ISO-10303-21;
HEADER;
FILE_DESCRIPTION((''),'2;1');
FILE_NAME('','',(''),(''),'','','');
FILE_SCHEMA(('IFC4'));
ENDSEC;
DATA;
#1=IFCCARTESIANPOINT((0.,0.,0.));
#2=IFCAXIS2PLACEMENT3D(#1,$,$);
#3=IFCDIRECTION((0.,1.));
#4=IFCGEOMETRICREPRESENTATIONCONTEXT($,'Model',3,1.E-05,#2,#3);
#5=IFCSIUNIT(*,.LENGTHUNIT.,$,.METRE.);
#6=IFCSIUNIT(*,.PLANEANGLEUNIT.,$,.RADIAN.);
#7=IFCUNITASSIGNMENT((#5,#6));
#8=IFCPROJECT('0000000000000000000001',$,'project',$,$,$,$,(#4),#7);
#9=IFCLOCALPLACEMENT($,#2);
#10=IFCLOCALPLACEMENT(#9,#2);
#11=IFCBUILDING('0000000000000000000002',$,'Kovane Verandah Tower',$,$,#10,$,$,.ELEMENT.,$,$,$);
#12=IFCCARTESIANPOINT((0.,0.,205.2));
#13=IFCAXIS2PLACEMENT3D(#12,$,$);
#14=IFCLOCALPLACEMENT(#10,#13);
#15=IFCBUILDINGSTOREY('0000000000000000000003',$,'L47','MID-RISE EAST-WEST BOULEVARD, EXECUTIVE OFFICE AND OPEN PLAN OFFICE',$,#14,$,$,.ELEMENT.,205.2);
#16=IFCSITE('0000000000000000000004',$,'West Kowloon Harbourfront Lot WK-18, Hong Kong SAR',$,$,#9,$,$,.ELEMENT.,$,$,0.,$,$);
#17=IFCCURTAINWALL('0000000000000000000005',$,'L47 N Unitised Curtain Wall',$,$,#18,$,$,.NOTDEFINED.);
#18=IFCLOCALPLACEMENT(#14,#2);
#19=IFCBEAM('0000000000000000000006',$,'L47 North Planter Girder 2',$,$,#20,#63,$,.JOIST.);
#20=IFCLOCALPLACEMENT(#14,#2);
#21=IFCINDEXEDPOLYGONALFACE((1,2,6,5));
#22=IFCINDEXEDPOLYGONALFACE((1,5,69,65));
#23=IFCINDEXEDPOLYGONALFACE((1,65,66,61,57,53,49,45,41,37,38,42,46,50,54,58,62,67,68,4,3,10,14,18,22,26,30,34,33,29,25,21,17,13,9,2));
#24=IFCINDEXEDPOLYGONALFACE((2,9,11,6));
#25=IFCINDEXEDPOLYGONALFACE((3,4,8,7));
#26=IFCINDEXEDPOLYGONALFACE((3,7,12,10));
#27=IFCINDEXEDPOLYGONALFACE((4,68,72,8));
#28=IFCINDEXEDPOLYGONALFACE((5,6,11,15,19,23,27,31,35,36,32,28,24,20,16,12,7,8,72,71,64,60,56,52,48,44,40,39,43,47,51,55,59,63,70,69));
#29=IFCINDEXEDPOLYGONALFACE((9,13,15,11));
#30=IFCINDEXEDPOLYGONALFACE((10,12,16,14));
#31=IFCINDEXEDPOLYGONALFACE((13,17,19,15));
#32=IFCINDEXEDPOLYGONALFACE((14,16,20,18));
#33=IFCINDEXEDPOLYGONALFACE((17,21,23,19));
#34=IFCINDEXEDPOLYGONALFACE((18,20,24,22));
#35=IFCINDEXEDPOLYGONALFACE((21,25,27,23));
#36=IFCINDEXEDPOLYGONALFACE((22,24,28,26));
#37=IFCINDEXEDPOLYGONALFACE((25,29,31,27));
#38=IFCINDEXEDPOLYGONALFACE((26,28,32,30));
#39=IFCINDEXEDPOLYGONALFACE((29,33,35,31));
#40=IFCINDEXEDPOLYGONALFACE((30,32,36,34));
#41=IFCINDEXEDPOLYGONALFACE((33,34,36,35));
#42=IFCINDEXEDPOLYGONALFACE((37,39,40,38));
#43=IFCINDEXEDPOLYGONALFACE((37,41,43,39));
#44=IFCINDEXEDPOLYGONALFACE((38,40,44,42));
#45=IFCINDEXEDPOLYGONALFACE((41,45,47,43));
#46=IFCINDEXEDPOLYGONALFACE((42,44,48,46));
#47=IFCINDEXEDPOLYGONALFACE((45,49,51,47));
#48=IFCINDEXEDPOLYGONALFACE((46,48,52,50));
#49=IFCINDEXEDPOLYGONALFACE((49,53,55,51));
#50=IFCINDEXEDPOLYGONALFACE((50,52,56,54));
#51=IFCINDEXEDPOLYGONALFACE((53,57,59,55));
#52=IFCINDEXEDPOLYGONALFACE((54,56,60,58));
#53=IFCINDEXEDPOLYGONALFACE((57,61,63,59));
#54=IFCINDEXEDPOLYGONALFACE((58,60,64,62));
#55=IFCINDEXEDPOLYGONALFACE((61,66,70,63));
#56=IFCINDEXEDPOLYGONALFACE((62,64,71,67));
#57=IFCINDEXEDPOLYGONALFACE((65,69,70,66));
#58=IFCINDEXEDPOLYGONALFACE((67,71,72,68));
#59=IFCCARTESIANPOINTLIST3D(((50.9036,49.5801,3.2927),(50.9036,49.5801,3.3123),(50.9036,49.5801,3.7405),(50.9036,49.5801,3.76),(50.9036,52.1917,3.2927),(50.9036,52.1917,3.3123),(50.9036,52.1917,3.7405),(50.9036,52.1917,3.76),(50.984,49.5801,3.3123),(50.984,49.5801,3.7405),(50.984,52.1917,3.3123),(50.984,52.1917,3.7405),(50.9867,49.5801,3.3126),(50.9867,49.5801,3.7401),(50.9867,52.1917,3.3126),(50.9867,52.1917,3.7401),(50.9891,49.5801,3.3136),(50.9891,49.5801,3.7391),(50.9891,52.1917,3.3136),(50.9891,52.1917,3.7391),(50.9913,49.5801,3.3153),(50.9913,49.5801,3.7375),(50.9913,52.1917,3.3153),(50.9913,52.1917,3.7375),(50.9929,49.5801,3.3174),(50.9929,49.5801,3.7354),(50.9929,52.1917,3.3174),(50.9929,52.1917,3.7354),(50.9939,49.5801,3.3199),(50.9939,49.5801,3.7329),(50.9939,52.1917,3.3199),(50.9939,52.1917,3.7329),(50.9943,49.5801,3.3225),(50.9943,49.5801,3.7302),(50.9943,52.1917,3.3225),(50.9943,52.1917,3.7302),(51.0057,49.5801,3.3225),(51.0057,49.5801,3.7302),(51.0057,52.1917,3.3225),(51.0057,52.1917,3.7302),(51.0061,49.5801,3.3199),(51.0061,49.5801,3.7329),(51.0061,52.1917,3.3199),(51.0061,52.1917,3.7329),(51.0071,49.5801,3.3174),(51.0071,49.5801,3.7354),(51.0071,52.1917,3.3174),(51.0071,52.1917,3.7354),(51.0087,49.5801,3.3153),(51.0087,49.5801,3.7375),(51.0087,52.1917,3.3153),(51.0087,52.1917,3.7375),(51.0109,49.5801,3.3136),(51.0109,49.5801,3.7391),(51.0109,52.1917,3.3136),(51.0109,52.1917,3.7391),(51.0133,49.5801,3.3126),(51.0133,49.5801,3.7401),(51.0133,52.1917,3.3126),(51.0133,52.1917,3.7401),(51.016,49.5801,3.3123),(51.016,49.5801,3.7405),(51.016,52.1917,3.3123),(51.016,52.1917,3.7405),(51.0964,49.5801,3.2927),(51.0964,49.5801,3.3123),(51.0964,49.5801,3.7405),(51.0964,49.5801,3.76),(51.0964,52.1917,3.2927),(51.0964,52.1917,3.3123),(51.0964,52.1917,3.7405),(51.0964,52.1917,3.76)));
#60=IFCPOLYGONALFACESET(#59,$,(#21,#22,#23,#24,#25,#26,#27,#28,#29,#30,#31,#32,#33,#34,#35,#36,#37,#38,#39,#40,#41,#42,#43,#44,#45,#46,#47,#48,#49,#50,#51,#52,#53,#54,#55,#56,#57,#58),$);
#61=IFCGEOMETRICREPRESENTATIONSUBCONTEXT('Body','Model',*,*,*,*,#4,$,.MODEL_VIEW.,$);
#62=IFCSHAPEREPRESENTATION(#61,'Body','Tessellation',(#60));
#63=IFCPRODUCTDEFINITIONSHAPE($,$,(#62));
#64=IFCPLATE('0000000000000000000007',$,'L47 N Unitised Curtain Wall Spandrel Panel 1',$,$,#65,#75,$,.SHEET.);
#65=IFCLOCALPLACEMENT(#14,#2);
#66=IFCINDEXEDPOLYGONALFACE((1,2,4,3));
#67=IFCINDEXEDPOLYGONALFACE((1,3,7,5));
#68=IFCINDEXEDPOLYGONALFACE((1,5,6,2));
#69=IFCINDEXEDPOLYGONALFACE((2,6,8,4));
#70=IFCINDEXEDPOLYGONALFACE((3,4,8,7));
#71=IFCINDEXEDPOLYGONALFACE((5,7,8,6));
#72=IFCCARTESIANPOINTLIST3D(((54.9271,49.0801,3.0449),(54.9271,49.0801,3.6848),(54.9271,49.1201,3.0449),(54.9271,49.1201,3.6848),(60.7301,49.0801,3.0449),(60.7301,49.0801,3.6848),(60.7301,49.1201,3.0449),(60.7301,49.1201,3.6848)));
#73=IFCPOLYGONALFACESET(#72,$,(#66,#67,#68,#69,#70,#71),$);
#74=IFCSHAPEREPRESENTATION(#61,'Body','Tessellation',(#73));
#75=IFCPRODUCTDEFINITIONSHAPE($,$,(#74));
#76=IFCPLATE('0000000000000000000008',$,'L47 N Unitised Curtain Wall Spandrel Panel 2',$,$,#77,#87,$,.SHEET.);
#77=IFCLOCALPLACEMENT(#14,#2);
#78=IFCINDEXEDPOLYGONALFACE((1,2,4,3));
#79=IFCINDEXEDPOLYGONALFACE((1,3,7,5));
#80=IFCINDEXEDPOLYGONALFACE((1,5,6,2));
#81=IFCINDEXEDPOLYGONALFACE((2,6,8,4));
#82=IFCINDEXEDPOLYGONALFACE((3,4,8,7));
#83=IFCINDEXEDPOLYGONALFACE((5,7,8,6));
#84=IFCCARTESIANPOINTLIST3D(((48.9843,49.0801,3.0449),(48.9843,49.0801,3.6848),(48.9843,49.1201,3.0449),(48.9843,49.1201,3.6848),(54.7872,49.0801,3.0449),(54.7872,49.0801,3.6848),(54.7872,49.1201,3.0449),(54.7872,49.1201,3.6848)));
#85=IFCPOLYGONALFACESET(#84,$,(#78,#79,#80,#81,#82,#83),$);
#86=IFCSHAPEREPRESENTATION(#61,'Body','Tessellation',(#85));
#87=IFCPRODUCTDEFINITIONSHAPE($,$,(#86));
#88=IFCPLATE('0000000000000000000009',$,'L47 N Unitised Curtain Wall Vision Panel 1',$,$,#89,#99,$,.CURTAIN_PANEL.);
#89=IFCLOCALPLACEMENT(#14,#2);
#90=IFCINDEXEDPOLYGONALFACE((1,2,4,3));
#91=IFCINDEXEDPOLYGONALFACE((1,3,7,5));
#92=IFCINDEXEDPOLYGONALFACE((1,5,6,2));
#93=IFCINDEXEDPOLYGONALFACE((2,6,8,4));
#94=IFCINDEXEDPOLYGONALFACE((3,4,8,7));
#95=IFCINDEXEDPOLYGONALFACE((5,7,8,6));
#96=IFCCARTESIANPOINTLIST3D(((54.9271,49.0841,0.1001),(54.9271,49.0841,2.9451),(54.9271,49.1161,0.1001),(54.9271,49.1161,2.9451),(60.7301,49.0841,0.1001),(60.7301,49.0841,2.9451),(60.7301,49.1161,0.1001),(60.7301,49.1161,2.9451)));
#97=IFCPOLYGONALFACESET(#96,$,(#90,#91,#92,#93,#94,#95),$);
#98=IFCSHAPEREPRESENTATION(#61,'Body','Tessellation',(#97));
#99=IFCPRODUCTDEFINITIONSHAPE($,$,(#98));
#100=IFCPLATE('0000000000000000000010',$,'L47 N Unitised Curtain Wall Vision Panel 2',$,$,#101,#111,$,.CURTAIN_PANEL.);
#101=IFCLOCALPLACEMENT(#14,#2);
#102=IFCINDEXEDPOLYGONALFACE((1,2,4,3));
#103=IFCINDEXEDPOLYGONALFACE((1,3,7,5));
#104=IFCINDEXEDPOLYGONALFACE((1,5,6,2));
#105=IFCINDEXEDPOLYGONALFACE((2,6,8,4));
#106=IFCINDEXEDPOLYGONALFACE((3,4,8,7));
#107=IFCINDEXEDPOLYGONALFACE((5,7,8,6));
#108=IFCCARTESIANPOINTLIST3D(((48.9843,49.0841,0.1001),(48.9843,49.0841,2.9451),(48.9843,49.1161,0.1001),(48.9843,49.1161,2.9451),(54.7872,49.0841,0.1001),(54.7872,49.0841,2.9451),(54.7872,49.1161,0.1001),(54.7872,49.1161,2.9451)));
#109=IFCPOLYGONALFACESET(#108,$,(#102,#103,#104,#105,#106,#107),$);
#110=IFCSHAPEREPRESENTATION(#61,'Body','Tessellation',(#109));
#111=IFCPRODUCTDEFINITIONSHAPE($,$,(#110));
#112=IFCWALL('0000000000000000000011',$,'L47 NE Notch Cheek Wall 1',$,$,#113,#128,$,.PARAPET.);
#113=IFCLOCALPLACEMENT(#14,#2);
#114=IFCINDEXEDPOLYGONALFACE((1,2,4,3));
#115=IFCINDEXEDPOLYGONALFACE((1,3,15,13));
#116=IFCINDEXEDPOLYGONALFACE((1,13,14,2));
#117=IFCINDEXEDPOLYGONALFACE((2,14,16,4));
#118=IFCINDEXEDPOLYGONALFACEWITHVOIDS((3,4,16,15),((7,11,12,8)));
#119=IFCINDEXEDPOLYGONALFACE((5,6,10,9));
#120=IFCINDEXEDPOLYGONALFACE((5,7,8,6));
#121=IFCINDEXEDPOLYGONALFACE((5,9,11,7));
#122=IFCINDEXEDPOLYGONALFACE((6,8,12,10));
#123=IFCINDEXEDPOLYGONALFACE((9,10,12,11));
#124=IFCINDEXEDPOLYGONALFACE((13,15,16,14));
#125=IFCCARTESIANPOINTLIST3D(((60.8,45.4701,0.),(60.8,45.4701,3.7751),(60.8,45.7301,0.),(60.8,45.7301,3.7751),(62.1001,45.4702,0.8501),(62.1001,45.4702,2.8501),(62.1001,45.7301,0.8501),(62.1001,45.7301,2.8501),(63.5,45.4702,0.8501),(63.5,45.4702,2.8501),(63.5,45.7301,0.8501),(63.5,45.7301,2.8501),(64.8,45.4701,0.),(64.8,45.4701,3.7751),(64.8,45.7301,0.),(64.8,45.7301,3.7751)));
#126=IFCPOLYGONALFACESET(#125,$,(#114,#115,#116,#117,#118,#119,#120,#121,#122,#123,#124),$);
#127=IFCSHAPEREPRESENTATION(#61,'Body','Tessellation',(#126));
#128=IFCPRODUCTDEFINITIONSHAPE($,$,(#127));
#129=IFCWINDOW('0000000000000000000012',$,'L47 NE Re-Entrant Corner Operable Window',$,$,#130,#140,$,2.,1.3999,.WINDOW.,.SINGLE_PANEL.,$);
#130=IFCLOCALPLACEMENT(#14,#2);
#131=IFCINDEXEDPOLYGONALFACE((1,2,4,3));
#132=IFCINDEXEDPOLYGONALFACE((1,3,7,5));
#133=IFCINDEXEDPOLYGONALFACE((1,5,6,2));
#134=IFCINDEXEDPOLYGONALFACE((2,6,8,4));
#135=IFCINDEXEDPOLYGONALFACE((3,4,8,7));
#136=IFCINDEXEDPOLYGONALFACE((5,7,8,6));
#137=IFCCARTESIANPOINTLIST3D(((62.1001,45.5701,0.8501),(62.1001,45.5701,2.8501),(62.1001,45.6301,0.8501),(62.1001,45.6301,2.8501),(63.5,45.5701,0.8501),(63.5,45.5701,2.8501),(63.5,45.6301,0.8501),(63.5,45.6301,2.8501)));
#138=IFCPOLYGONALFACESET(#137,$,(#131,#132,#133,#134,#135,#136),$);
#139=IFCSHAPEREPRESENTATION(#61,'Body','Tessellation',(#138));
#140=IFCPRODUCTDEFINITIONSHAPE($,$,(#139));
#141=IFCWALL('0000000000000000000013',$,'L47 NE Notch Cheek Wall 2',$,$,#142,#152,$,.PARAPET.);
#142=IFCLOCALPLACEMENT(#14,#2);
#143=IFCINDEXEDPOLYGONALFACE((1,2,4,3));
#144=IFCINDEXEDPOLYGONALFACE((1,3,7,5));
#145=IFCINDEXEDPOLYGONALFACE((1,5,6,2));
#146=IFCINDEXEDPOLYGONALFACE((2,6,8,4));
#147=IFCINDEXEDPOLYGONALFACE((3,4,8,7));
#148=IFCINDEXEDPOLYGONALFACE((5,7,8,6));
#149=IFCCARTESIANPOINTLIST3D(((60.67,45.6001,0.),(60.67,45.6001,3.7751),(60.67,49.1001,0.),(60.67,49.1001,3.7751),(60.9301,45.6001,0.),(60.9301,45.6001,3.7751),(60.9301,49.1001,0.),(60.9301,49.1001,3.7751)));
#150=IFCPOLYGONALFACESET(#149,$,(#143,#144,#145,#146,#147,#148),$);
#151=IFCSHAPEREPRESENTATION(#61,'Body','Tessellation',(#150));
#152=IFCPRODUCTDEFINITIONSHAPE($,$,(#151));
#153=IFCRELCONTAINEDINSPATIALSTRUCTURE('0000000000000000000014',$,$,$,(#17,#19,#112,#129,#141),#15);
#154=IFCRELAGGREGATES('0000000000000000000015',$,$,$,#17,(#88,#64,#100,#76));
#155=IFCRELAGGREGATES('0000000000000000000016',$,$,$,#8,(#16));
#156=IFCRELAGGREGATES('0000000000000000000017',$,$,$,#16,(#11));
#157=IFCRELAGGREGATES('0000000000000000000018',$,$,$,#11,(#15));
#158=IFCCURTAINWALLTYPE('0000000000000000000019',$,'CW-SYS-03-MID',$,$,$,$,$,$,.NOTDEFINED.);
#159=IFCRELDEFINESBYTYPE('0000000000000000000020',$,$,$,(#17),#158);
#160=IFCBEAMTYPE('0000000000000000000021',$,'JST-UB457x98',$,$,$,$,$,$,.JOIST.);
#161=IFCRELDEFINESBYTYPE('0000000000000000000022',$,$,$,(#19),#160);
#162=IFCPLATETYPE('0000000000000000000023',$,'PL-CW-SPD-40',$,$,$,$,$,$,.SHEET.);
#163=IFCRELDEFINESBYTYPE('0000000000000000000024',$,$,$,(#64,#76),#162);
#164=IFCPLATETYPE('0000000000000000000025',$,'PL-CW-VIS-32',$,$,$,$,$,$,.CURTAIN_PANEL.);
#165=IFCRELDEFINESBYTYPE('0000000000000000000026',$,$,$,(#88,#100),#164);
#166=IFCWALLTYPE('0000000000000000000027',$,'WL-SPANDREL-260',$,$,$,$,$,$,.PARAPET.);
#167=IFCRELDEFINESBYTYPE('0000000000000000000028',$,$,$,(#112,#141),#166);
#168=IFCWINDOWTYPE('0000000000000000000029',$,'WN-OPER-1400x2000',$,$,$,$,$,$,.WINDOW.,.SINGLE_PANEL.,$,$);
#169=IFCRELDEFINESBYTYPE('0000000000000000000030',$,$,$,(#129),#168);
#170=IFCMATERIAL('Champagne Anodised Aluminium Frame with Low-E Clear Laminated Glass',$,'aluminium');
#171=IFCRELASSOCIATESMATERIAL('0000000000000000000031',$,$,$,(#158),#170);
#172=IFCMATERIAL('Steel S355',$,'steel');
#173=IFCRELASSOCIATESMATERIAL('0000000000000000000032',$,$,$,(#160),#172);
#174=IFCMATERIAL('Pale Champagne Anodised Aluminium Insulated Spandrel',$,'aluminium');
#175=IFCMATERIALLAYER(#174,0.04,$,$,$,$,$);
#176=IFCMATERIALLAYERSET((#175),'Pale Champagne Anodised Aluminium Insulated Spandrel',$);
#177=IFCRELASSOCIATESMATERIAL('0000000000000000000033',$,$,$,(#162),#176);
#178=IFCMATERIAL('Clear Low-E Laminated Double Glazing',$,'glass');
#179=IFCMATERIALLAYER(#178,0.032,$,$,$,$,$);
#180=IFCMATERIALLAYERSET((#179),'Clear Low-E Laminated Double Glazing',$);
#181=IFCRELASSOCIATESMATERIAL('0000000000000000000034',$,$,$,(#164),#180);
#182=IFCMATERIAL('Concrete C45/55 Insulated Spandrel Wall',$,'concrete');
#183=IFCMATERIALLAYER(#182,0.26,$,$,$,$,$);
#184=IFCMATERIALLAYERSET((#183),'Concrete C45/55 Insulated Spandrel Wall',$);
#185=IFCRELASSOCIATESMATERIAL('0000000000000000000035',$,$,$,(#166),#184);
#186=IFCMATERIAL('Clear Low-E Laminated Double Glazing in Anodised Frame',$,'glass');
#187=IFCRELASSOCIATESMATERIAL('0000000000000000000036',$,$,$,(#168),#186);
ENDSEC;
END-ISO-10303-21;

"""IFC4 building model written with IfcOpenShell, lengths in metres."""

from ifc_helpers import new_model, si_unit, direction, frame, frame_2d, origin, origin_2d, place, context, subcontext, project, spatial, rectangle, i_section, extrude, material, layer, layer_set, material_profile, profile_set, type_object, element, fill, aggregate, save


model = new_model("IFC4")

# Units and contexts
model_context = context("Model", 3, precision=1e-05, world=origin(), true_north=direction((0.0, 1.0)))
body_context = subcontext(model_context, "Body", "Model", "MODEL_VIEW")
ifc_project = project(units=[si_unit("LENGTHUNIT", "METRE"), si_unit("PLANEANGLEUNIT", "RADIAN")], contexts=[model_context])

# Site, building, storey
site_placement = place(None, origin())
site = spatial("IfcSite", under=ifc_project, at=site_placement, Name="West Kowloon Harbourfront Lot WK-18, Hong Kong SAR", CompositionType="ELEMENT", RefElevation=0.0)
building_placement = place(site_placement, origin())
building = spatial("IfcBuilding", under=site, at=building_placement, Name="Kovane Verandah Tower", CompositionType="ELEMENT")
storey_placement = place(building_placement, frame((0.0, 0.0, 205.2)))
storey = spatial("IfcBuildingStorey", under=building, at=storey_placement, Name="L47", Description="MID-RISE EAST-WEST BOULEVARD, EXECUTIVE OFFICE AND OPEN PLAN OFFICE", CompositionType="ELEMENT", Elevation=205.2)

# Shared definitions
ifc_material_1 = material(Name="Steel S355", Category="steel")

# Curtain wall
ifc_material_2 = material(Name="Champagne Anodised Aluminium Frame with Low-E Clear Laminated Glass", Category="aluminium")
curtain_wall_type = type_object("IfcCurtainWallType", Name="CW-SYS-03-MID", PredefinedType="NOTDEFINED", material=ifc_material_2)
curtain_wall_placement = place(storey_placement, origin())
curtain_wall = element("IfcCurtainWall", 1, at=curtain_wall_placement, inside=storey, type_object=curtain_wall_type, Name="L47 N Unitised Curtain Wall", PredefinedType="NOTDEFINED")

# Beam
ifc_material_profile_1 = material_profile(ifc_material_1, i_section(OverallWidth=0.1929, OverallDepth=0.4673, WebThickness=0.0115, FlangeThickness=0.0195, FilletRadius=0.0103, at=origin_2d()), Name="UB457x191x98")
ifc_profile_set_1 = profile_set([ifc_material_profile_1], Name="Steel S355")
beam_type_1 = type_object("IfcBeamType", Name="JST-UB457x98", PredefinedType="JOIST", material=ifc_profile_set_1)
beam_1_placement = place(storey_placement, frame((51.0, 49.5801, 3.5264), z_axis=(0.0, 1.0, 0.0), x_axis=(-1.0, 0.0, 0.0)))
element("IfcBeam", 2, at=beam_1_placement, inside=storey, type_object=beam_type_1, Name="L47 North Planter Girder 2", PredefinedType="JOIST", context=body_context, shape_type="SweptSolid", body=[
    extrude(i_section(OverallWidth=0.1929, OverallDepth=0.4673, WebThickness=0.0115, FlangeThickness=0.0195, FilletRadius=0.0103, at=origin_2d()), origin(), (0.0, 0.0, 1.0), 2.6116),
])

# Plates
ifc_material_3 = material(Name="Pale Champagne Anodised Aluminium Insulated Spandrel", Category="aluminium")
ifc_layer_1 = layer(ifc_material_3, 0.04)
ifc_layer_set_1 = layer_set([ifc_layer_1], Name="Pale Champagne Anodised Aluminium Insulated Spandrel")
plate_type_1 = type_object("IfcPlateType", Name="PL-CW-SPD-40", PredefinedType="SHEET", material=ifc_layer_set_1)
plate_1_placement = place(storey_placement, frame((57.8286, 49.1001, 3.0449), z_axis=(0.0, 0.0, 1.0), x_axis=(-1.0, 0.0, 0.0)))
plate_1 = element("IfcPlate", 3, at=plate_1_placement, type_object=plate_type_1, Name="L47 N Unitised Curtain Wall Spandrel Panel 1", PredefinedType="SHEET", context=body_context, shape_type="SweptSolid", body=[
    extrude(rectangle(XDim=5.803, YDim=0.04, at=origin_2d()), origin(), (0.0, 0.0, 1.0), 0.6399),
])
plate_2_placement = place(storey_placement, frame((51.8857, 49.1001, 3.0449), z_axis=(0.0, 0.0, 1.0), x_axis=(-1.0, 0.0, 0.0)))
plate_2 = element("IfcPlate", 4, at=plate_2_placement, type_object=plate_type_1, Name="L47 N Unitised Curtain Wall Spandrel Panel 2", PredefinedType="SHEET", context=body_context, shape_type="SweptSolid", body=[
    extrude(rectangle(XDim=5.803, YDim=0.04, at=origin_2d()), origin(), (0.0, 0.0, 1.0), 0.6399),
])
ifc_material_4 = material(Name="Clear Low-E Laminated Double Glazing", Category="glass")
ifc_layer_2 = layer(ifc_material_4, 0.032)
ifc_layer_set_2 = layer_set([ifc_layer_2], Name="Clear Low-E Laminated Double Glazing")
plate_type_2 = type_object("IfcPlateType", Name="PL-CW-VIS-32", PredefinedType="CURTAIN_PANEL", material=ifc_layer_set_2)
plate_3_placement = place(storey_placement, frame((57.8286, 49.1001, 0.1001), z_axis=(0.0, 0.0, 1.0), x_axis=(-1.0, 0.0, 0.0)))
plate_3 = element("IfcPlate", 5, at=plate_3_placement, type_object=plate_type_2, Name="L47 N Unitised Curtain Wall Vision Panel 1", PredefinedType="CURTAIN_PANEL", context=body_context, shape_type="SweptSolid", body=[
    extrude(rectangle(XDim=5.803, YDim=0.032, at=origin_2d()), origin(), (0.0, 0.0, 1.0), 2.845),
])
plate_4_placement = place(storey_placement, frame((51.8857, 49.1001, 0.1001), z_axis=(0.0, 0.0, 1.0), x_axis=(-1.0, 0.0, 0.0)))
plate_4 = element("IfcPlate", 6, at=plate_4_placement, type_object=plate_type_2, Name="L47 N Unitised Curtain Wall Vision Panel 2", PredefinedType="CURTAIN_PANEL", context=body_context, shape_type="SweptSolid", body=[
    extrude(rectangle(XDim=5.803, YDim=0.032, at=origin_2d()), origin(), (0.0, 0.0, 1.0), 2.845),
])
aggregate(curtain_wall, [plate_3, plate_1, plate_4, plate_2])

# Wall, opening, window
ifc_material_5 = material(Name="Concrete C45/55 Insulated Spandrel Wall", Category="concrete")
ifc_layer_3 = layer(ifc_material_5, 0.26)
ifc_layer_set_3 = layer_set([ifc_layer_3], Name="Concrete C45/55 Insulated Spandrel Wall")
wall_type = type_object("IfcWallType", Name="WL-SPANDREL-260", PredefinedType="PARAPET", material=ifc_layer_set_3)
wall_1_placement = place(storey_placement, frame((64.8, 45.6001, 0.0), z_axis=(0.0, 0.0, 1.0), x_axis=(-1.0, 0.0, 0.0)))
wall_1 = element("IfcWall", 7, at=wall_1_placement, inside=storey, type_object=wall_type, Name="L47 NE Notch Cheek Wall 1", PredefinedType="PARAPET", context=body_context, shape_type="SweptSolid", body=[
    extrude(rectangle(XDim=4.0, YDim=0.26, at=frame_2d((2.0, 0.0))), origin(), (0.0, 0.0, 1.0), 3.7751),
])
opening_placement = place(wall_1_placement, frame((1.3, 0.0, 0.8501)))
opening = element("IfcOpeningElement", 8, at=opening_placement, cuts=wall_1, PredefinedType="OPENING", context=body_context, shape_type="SweptSolid", body=[
    extrude(rectangle(XDim=1.3999, YDim=2.0, at=frame_2d((0.7, 1.0))), frame((0.0, 0.1299, 0.0), z_axis=(0.0, -1.0, 0.0), x_axis=(1.0, 0.0, 0.0)), (0.0, 0.0, 1.0), 0.26),
])
ifc_material_6 = material(Name="Clear Low-E Laminated Double Glazing in Anodised Frame", Category="glass")
window_type = type_object("IfcWindowType", Name="WN-OPER-1400x2000", PartitioningType="SINGLE_PANEL", PredefinedType="WINDOW", material=ifc_material_6)
window_placement = place(opening_placement, origin())
window = element("IfcWindow", 9, at=window_placement, inside=storey, type_object=window_type, Name="L47 NE Re-Entrant Corner Operable Window", OverallHeight=2.0, OverallWidth=1.3999, PartitioningType="SINGLE_PANEL", PredefinedType="WINDOW", context=body_context, shape_type="SweptSolid", body=[
    extrude(rectangle(XDim=1.3999, YDim=2.0, at=frame_2d((0.7, 1.0))), frame((0.0, 0.03, 0.0), z_axis=(0.0, -1.0, 0.0), x_axis=(1.0, 0.0, 0.0)), (0.0, 0.0, 1.0), 0.0601),
])
fill(opening, window)

# Wall
wall_2_placement = place(storey_placement, frame((60.8, 45.6001, 0.0), z_axis=(0.0, 0.0, 1.0), x_axis=(0.0, 1.0, 0.0)))
element("IfcWall", 10, at=wall_2_placement, inside=storey, type_object=wall_type, Name="L47 NE Notch Cheek Wall 2", PredefinedType="PARAPET", context=body_context, shape_type="SweptSolid", body=[
    extrude(rectangle(XDim=3.5, YDim=0.26, at=frame_2d((1.75, 0.0))), origin(), (0.0, 0.0, 1.0), 3.7751),
])

save(model, "model.ifc")
